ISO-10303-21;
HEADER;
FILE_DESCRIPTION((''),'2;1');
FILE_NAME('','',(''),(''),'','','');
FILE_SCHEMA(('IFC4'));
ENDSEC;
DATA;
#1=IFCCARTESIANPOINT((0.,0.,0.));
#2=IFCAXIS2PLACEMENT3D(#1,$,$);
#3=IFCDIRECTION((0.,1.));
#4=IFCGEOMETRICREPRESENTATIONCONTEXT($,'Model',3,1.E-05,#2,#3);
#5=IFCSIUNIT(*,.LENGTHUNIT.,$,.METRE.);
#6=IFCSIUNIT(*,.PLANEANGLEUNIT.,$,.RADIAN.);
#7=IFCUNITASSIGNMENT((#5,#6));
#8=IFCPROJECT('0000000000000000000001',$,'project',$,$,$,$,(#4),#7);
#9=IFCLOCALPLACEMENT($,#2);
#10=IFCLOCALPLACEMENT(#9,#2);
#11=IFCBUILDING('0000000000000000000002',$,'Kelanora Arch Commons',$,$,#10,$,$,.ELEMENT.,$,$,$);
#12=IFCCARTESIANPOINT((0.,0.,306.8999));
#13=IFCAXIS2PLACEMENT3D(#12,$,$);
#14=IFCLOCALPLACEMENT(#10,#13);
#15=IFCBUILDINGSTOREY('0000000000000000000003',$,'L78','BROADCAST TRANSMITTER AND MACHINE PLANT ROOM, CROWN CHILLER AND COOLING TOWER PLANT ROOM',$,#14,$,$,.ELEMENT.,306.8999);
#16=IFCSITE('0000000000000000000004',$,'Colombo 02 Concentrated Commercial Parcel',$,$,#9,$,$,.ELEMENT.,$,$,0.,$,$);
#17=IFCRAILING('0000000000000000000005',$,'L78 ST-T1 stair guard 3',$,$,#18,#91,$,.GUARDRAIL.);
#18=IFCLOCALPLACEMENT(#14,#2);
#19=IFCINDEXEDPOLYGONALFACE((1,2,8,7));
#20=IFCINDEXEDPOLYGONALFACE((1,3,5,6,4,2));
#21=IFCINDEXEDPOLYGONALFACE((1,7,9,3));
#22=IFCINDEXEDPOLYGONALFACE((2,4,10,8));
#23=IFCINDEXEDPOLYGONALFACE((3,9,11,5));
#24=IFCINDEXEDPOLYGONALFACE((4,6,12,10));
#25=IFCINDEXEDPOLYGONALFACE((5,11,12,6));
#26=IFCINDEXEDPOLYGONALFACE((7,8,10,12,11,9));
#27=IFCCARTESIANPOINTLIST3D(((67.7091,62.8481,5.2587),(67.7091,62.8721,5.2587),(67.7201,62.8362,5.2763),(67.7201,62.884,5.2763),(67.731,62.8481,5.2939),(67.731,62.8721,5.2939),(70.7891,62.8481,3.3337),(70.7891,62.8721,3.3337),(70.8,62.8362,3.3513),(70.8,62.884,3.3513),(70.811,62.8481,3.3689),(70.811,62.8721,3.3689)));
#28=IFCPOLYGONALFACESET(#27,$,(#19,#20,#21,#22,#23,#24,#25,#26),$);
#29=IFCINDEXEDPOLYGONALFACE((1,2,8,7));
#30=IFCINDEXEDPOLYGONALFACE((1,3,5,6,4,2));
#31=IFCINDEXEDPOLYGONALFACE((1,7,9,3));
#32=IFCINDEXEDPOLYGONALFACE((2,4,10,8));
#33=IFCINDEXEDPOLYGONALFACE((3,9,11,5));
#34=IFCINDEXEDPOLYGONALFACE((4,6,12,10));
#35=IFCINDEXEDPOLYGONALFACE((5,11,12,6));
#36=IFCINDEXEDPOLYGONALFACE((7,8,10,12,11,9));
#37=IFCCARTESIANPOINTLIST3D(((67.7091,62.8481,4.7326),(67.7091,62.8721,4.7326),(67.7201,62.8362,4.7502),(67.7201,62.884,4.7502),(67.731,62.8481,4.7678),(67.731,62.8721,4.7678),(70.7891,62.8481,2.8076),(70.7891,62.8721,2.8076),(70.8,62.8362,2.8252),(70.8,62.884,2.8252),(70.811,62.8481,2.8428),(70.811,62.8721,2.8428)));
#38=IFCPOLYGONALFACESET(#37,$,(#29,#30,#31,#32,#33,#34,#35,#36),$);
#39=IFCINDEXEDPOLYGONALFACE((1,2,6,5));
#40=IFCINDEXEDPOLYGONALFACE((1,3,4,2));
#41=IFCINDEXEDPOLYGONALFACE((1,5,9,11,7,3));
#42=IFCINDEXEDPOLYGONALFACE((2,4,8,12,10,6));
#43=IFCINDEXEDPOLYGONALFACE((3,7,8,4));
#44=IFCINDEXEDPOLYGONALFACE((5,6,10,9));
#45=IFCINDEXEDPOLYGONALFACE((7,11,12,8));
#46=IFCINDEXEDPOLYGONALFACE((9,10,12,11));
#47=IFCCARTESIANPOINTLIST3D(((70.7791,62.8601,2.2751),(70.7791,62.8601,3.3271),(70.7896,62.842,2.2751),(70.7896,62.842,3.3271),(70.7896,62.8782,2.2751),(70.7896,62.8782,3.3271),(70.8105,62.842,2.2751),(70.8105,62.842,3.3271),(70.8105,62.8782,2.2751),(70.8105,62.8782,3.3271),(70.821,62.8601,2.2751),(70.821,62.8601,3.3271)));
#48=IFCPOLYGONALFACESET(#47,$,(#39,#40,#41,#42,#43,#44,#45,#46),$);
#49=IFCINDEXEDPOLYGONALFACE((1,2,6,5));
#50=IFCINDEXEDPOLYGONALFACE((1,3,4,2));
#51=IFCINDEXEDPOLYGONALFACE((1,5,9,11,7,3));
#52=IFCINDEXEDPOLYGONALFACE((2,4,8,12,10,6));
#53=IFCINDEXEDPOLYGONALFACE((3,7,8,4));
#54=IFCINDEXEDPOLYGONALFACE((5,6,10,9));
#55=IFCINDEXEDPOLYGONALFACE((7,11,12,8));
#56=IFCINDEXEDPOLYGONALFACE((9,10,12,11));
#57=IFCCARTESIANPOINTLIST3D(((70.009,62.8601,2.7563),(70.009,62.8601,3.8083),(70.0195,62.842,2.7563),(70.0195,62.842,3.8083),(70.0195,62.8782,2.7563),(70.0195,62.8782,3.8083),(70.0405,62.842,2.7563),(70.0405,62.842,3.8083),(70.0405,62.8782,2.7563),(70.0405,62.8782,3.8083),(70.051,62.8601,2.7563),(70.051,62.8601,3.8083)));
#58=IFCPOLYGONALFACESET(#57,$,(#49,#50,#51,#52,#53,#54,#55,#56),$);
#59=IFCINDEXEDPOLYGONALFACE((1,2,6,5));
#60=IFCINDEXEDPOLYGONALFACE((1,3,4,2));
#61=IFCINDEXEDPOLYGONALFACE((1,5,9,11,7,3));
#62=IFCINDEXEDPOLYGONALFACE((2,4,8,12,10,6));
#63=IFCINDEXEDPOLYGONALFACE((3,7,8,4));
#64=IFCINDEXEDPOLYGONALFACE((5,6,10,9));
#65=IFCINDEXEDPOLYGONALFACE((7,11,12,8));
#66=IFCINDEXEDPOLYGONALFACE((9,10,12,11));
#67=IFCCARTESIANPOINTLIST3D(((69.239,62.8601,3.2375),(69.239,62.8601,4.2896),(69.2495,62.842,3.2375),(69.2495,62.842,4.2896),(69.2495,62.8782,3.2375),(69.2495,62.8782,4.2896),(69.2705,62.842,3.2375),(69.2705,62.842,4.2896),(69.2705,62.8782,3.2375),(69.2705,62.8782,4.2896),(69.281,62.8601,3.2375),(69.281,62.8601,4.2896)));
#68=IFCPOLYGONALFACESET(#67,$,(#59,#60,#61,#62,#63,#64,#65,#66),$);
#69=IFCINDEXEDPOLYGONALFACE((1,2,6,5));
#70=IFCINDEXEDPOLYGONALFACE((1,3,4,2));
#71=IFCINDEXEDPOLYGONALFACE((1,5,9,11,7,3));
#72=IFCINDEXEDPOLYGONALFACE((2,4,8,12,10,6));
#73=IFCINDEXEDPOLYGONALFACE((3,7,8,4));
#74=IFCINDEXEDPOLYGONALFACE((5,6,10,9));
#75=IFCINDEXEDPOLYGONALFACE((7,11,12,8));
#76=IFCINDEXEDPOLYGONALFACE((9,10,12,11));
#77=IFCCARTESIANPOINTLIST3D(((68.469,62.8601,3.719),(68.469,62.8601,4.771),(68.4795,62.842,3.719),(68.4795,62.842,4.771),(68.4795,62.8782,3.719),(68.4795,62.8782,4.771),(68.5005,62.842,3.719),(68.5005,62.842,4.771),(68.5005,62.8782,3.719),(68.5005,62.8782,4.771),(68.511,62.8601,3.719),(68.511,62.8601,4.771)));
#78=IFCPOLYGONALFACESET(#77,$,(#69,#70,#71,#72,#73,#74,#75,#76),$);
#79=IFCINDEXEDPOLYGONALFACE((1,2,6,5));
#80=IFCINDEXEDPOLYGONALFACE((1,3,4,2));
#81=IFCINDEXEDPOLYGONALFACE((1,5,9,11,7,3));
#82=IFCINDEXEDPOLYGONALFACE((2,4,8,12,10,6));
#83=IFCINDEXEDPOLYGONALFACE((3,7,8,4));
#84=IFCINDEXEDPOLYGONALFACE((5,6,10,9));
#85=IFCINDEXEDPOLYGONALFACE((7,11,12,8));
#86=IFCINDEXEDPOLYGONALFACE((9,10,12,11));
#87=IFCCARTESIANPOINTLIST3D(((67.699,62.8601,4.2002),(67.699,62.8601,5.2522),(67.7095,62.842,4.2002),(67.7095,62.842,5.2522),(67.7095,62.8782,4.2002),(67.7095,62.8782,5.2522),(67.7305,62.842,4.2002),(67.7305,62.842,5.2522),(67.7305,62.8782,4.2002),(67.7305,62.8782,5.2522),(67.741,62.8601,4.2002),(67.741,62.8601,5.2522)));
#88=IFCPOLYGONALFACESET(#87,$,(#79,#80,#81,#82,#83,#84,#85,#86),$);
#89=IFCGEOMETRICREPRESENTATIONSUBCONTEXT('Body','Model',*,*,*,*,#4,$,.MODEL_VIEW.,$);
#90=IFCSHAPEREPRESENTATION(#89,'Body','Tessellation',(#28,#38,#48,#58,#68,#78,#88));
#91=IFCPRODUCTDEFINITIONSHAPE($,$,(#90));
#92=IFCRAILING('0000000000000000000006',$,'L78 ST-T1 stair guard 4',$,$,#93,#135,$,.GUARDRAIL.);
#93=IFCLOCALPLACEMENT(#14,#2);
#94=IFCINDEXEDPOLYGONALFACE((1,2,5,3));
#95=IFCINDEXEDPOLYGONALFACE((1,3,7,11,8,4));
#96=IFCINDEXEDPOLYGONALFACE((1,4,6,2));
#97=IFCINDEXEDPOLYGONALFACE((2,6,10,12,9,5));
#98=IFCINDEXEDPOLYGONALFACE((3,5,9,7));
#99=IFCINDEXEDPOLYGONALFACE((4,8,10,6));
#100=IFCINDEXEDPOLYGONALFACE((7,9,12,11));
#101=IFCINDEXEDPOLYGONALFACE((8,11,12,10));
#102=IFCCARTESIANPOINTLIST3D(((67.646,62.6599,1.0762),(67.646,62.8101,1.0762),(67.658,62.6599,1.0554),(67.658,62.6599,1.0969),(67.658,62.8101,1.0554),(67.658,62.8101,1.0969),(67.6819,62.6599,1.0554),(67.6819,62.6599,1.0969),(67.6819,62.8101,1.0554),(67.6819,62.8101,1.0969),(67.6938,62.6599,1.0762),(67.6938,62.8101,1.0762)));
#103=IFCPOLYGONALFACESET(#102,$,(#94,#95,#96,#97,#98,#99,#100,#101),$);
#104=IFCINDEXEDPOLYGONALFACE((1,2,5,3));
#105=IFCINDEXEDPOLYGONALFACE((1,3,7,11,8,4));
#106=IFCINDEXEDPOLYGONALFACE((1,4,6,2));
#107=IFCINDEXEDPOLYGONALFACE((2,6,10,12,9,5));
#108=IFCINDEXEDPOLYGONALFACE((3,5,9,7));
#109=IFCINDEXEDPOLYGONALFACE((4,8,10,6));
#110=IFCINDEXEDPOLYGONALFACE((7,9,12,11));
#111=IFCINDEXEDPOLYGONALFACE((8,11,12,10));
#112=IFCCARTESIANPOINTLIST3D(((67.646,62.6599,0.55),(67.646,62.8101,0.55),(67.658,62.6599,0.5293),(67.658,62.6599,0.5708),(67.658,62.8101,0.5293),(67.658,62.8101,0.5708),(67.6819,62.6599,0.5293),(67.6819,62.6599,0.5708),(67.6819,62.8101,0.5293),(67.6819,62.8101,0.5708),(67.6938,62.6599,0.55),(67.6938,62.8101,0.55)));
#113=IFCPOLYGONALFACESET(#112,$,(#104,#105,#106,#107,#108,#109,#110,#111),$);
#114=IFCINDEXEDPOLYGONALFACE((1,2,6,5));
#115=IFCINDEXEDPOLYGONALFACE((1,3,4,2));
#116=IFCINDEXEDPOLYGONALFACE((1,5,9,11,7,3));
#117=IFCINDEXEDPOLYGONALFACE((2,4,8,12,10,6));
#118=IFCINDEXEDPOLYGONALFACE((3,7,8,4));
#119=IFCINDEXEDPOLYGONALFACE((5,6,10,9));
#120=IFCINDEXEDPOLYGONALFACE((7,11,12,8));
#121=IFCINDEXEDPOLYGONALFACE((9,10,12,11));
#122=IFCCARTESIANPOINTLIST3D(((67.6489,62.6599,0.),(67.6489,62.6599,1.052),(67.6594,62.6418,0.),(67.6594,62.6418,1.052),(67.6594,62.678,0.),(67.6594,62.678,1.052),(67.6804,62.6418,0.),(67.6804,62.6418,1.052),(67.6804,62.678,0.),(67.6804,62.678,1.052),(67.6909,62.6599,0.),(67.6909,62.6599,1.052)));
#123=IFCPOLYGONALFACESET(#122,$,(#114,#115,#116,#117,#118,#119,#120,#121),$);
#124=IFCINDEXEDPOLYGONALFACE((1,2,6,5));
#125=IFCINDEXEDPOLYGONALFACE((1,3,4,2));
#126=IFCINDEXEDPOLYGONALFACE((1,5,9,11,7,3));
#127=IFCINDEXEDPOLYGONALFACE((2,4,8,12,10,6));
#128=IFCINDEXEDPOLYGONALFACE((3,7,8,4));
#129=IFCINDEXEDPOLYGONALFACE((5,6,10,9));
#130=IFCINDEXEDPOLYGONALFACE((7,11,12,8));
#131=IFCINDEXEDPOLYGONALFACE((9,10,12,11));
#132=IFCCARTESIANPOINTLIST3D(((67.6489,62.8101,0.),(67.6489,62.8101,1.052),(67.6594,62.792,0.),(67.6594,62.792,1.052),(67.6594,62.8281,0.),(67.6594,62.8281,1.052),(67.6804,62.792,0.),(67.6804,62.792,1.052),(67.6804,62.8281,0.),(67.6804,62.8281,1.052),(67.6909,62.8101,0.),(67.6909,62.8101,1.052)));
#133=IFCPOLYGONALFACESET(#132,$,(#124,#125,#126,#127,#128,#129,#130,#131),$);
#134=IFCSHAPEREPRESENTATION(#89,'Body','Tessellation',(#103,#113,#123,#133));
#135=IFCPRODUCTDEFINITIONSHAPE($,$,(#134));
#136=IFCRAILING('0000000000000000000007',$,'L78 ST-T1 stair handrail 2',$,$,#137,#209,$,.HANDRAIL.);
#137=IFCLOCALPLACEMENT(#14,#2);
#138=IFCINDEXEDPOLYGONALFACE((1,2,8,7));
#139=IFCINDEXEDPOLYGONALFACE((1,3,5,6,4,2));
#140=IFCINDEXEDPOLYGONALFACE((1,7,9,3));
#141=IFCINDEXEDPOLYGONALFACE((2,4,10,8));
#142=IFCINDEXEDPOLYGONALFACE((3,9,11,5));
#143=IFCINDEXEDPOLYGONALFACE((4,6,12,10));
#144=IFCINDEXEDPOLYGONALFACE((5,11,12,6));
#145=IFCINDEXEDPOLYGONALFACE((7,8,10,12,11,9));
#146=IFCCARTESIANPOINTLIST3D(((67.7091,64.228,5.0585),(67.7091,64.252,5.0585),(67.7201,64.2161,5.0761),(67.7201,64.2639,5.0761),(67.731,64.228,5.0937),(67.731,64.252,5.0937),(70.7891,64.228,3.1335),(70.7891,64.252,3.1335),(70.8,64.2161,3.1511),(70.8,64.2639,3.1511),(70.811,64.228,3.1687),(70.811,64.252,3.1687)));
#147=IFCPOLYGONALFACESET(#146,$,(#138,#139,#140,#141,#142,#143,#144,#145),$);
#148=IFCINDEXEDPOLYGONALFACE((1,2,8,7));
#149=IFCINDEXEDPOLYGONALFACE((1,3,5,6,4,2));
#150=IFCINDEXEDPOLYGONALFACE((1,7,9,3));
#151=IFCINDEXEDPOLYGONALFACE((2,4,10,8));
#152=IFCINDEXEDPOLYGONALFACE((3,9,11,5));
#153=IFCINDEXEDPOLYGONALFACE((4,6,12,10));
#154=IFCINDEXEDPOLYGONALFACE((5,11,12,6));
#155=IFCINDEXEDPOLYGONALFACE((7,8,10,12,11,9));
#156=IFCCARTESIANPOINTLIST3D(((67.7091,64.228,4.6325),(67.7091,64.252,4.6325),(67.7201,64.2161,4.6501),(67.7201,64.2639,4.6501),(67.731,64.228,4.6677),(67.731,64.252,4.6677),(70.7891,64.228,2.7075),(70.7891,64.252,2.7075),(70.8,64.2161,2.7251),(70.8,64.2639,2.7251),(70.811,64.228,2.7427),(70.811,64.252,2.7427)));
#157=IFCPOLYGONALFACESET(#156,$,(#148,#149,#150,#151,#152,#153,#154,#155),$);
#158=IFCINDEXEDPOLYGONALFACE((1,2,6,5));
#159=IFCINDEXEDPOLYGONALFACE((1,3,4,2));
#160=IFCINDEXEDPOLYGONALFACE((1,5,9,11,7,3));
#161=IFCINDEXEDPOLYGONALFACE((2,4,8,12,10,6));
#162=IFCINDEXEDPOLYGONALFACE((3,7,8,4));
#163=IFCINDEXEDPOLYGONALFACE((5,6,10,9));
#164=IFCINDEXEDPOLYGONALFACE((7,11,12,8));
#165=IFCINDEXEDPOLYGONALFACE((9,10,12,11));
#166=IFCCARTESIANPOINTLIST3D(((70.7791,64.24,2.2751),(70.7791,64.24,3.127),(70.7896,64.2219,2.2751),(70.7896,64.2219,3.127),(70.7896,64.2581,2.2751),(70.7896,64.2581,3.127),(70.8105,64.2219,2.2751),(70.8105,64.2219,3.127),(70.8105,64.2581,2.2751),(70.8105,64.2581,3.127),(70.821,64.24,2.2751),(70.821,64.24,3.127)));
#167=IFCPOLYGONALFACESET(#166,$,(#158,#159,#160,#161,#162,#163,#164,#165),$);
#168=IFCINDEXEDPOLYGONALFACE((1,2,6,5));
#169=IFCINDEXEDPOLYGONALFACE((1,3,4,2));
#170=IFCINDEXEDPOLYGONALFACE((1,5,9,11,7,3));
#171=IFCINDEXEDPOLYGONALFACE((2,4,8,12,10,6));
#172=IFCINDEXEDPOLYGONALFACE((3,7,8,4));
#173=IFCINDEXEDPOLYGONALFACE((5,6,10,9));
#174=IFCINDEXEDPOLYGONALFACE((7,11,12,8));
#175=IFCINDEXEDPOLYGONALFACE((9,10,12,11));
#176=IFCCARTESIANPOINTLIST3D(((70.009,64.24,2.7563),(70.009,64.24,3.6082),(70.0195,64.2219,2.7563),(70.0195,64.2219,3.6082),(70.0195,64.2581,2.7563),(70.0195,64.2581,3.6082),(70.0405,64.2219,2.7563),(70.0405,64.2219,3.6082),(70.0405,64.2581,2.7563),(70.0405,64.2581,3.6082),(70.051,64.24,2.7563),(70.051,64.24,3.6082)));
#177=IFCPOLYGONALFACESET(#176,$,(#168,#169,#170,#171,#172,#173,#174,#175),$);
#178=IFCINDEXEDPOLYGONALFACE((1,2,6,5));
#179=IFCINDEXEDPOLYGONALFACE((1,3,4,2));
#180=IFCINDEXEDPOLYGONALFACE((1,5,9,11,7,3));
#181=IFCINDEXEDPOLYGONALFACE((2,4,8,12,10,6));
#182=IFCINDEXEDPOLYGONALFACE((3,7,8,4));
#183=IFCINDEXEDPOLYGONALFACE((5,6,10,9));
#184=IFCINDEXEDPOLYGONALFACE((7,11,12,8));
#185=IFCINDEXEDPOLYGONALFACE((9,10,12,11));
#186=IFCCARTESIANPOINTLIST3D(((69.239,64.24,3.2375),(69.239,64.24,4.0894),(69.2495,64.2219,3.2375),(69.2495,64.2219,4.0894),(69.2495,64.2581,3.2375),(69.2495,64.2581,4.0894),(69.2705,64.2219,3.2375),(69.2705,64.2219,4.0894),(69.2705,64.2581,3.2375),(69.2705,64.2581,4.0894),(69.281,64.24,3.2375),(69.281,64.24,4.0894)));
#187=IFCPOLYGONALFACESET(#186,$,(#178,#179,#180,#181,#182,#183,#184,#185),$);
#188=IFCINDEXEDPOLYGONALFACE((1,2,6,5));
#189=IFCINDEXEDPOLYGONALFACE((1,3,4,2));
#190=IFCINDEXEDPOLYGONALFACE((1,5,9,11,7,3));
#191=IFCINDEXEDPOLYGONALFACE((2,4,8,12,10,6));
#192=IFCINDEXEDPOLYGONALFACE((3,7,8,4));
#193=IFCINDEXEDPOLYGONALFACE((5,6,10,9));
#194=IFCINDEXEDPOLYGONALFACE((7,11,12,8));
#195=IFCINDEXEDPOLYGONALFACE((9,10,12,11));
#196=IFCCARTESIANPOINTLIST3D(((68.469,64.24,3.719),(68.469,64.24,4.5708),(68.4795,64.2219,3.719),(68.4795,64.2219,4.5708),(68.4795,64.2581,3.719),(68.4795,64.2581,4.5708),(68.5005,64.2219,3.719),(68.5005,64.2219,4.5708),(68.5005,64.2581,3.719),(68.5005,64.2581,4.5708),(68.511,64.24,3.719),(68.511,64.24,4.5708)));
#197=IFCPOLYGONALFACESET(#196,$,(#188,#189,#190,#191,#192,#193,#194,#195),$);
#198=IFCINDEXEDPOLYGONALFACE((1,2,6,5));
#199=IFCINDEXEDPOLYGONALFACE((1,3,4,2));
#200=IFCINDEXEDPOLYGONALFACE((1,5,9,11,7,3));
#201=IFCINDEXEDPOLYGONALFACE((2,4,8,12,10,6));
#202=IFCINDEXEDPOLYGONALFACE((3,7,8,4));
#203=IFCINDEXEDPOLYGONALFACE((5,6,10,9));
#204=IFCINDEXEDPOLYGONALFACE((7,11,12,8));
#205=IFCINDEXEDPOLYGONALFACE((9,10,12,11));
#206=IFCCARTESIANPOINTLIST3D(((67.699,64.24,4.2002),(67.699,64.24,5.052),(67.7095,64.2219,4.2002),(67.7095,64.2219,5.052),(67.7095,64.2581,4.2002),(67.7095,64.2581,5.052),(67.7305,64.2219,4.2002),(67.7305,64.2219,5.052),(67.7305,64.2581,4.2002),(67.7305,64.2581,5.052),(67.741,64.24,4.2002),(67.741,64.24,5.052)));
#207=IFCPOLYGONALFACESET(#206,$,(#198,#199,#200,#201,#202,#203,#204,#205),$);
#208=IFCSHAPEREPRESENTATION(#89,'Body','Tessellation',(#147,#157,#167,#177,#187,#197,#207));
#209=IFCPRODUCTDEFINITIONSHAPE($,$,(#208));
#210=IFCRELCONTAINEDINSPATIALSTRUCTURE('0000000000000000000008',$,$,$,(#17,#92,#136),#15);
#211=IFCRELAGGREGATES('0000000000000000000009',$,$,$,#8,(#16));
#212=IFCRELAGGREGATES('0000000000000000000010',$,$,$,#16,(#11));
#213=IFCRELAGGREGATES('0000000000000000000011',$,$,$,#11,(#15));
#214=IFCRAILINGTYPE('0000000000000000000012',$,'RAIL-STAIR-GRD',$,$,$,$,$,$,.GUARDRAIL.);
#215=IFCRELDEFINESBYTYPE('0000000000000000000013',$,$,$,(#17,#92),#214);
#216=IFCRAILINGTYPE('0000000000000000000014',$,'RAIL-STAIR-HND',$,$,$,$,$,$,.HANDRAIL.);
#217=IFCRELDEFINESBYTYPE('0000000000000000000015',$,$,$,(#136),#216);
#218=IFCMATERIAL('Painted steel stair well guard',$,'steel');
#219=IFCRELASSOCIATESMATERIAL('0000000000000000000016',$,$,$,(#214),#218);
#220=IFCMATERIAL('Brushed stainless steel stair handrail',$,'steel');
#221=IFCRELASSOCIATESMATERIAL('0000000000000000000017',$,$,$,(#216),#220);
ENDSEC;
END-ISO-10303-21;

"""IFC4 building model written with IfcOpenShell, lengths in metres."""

from ifc_helpers import new_model, si_unit, direction, frame, origin, place, context, subcontext, project, spatial, polyline, outline, extrude, material, type_object, element, save


model = new_model("IFC4")

# Units and contexts
model_context = context("Model", 3, precision=1e-05, world=origin(), true_north=direction((0.0, 1.0)))
body_context = subcontext(model_context, "Body", "Model", "MODEL_VIEW")
ifc_project = project(units=[si_unit("LENGTHUNIT", "METRE"), si_unit("PLANEANGLEUNIT", "RADIAN")], contexts=[model_context])

# Site, building, storey
site_placement = place(None, origin())
site = spatial("IfcSite", under=ifc_project, at=site_placement, Name="Colombo 02 Concentrated Commercial Parcel", CompositionType="ELEMENT", RefElevation=0.0)
building_placement = place(site_placement, origin())
building = spatial("IfcBuilding", under=site, at=building_placement, Name="Kelanora Arch Commons", CompositionType="ELEMENT")
storey_placement = place(building_placement, frame((0.0, 0.0, 306.8999)))
storey = spatial("IfcBuildingStorey", under=building, at=storey_placement, Name="L78", Description="BROADCAST TRANSMITTER AND MACHINE PLANT ROOM, CROWN CHILLER AND COOLING TOWER PLANT ROOM", CompositionType="ELEMENT", Elevation=306.8999)

# Railings
ifc_material_1 = material(Name="Painted steel stair well guard", Category="steel")
railing_type_1 = type_object("IfcRailingType", Name="RAIL-STAIR-GRD", PredefinedType="GUARDRAIL", material=ifc_material_1)
railing_1_placement = place(storey_placement, frame((70.8, 62.8601, 2.2751)))
element("IfcRailing", 1, at=railing_1_placement, inside=storey, type_object=railing_type_1, Name="L78 ST-T1 stair guard 3", PredefinedType="GUARDRAIL", context=body_context, shape_type="SweptSolid", body=[
    extrude(outline(polyline([(0.0239, 0.0), (0.012, 0.0208), (-0.012, 0.0208), (-0.0239, 0.0), (-0.012, -0.0208), (0.012, -0.0208), (0.0239, 0.0)])), frame((0.0, 0.0, 1.0762), z_axis=(-0.847998, 0.0, 0.529999), x_axis=(0.0, -1.0, 0.0)), (0.0, 0.0, 1.0), 3.6321),
    extrude(outline(polyline([(0.0239, 0.0), (0.012, 0.0208), (-0.012, 0.0208), (-0.0239, 0.0), (-0.012, -0.0208), (0.012, -0.0208), (0.0239, 0.0)])), frame((0.0, 0.0, 0.55), z_axis=(-0.847998, 0.0, 0.529999), x_axis=(0.0, -1.0, 0.0)), (0.0, 0.0, 1.0), 3.6321),
    extrude(outline(polyline([(0.021, 0.0), (0.0105, 0.0181), (-0.0105, 0.0181), (-0.021, 0.0), (-0.0105, -0.0181), (0.0105, -0.0181), (0.021, 0.0)])), origin(), (0.0, 0.0, 1.0), 1.052),
    extrude(outline(polyline([(0.021, 0.0), (0.0105, 0.0181), (-0.0105, 0.0181), (-0.021, 0.0), (-0.0105, -0.0181), (0.0105, -0.0181), (0.021, 0.0)])), frame((-0.77, 0.0, 0.4812)), (0.0, 0.0, 1.0), 1.052),
    extrude(outline(polyline([(0.021, 0.0), (0.0105, 0.0181), (-0.0105, 0.0181), (-0.021, 0.0), (-0.0105, -0.0181), (0.0105, -0.0181), (0.021, 0.0)])), frame((-1.54, 0.0, 0.9624)), (0.0, 0.0, 1.0), 1.052),
    extrude(outline(polyline([(0.021, 0.0), (0.0105, 0.0181), (-0.0105, 0.0181), (-0.021, 0.0), (-0.0105, -0.0181), (0.0105, -0.0181), (0.021, 0.0)])), frame((-2.3101, 0.0, 1.4438)), (0.0, 0.0, 1.0), 1.052),
    extrude(outline(polyline([(0.021, 0.0), (0.0105, 0.0181), (-0.0105, 0.0181), (-0.021, 0.0), (-0.0105, -0.0181), (0.0105, -0.0181), (0.021, 0.0)])), frame((-3.0801, 0.0, 1.925)), (0.0, 0.0, 1.0), 1.052),
])
railing_2_placement = place(storey_placement, frame((67.6699, 62.6599, 0.0)))
element("IfcRailing", 2, at=railing_2_placement, inside=storey, type_object=railing_type_1, Name="L78 ST-T1 stair guard 4", PredefinedType="GUARDRAIL", context=body_context, shape_type="SweptSolid", body=[
    extrude(outline(polyline([(0.0239, 0.0), (0.012, 0.0208), (-0.012, 0.0208), (-0.0239, 0.0), (-0.012, -0.0208), (0.012, -0.0208), (0.0239, 0.0)])), frame((0.0, 0.0, 1.0762), z_axis=(0.0, 1.0, 0.0), x_axis=(-1.0, 0.0, 0.0)), (0.0, 0.0, 1.0), 0.1501),
    extrude(outline(polyline([(0.0239, 0.0), (0.012, 0.0208), (-0.012, 0.0208), (-0.0239, 0.0), (-0.012, -0.0208), (0.012, -0.0208), (0.0239, 0.0)])), frame((0.0, 0.0, 0.55), z_axis=(0.0, 1.0, 0.0), x_axis=(-1.0, 0.0, 0.0)), (0.0, 0.0, 1.0), 0.1501),
    extrude(outline(polyline([(0.021, 0.0), (0.0105, 0.0181), (-0.0105, 0.0181), (-0.021, 0.0), (-0.0105, -0.0181), (0.0105, -0.0181), (0.021, 0.0)])), origin(), (0.0, 0.0, 1.0), 1.052),
    extrude(outline(polyline([(0.021, 0.0), (0.0105, 0.0181), (-0.0105, 0.0181), (-0.021, 0.0), (-0.0105, -0.0181), (0.0105, -0.0181), (0.021, 0.0)])), frame((0.0, 0.1501, 0.0)), (0.0, 0.0, 1.0), 1.052),
])
ifc_material_2 = material(Name="Brushed stainless steel stair handrail", Category="steel")
railing_type_2 = type_object("IfcRailingType", Name="RAIL-STAIR-HND", PredefinedType="HANDRAIL", material=ifc_material_2)
railing_3_placement = place(storey_placement, frame((70.8, 64.24, 2.2751)))
element("IfcRailing", 3, at=railing_3_placement, inside=storey, type_object=railing_type_2, Name="L78 ST-T1 stair handrail 2", PredefinedType="HANDRAIL", context=body_context, shape_type="SweptSolid", body=[
    extrude(outline(polyline([(0.0239, 0.0), (0.012, 0.0208), (-0.012, 0.0208), (-0.0239, 0.0), (-0.012, -0.0208), (0.012, -0.0208), (0.0239, 0.0)])), frame((0.0, 0.0, 0.876), z_axis=(-0.847998, 0.0, 0.529999), x_axis=(0.0, -1.0, 0.0)), (0.0, 0.0, 1.0), 3.6321),
    extrude(outline(polyline([(0.0239, 0.0), (0.012, 0.0208), (-0.012, 0.0208), (-0.0239, 0.0), (-0.012, -0.0208), (0.012, -0.0208), (0.0239, 0.0)])), frame((0.0, 0.0, 0.45), z_axis=(-0.847998, 0.0, 0.529999), x_axis=(0.0, -1.0, 0.0)), (0.0, 0.0, 1.0), 3.6321),
    extrude(outline(polyline([(0.021, 0.0), (0.0105, 0.0181), (-0.0105, 0.0181), (-0.021, 0.0), (-0.0105, -0.0181), (0.0105, -0.0181), (0.021, 0.0)])), origin(), (0.0, 0.0, 1.0), 0.8518),
    extrude(outline(polyline([(0.021, 0.0), (0.0105, 0.0181), (-0.0105, 0.0181), (-0.021, 0.0), (-0.0105, -0.0181), (0.0105, -0.0181), (0.021, 0.0)])), frame((-0.77, 0.0, 0.4812)), (0.0, 0.0, 1.0), 0.8518),
    extrude(outline(polyline([(0.021, 0.0), (0.0105, 0.0181), (-0.0105, 0.0181), (-0.021, 0.0), (-0.0105, -0.0181), (0.0105, -0.0181), (0.021, 0.0)])), frame((-1.54, 0.0, 0.9624)), (0.0, 0.0, 1.0), 0.8518),
    extrude(outline(polyline([(0.021, 0.0), (0.0105, 0.0181), (-0.0105, 0.0181), (-0.021, 0.0), (-0.0105, -0.0181), (0.0105, -0.0181), (0.021, 0.0)])), frame((-2.3101, 0.0, 1.4438)), (0.0, 0.0, 1.0), 0.8518),
    extrude(outline(polyline([(0.021, 0.0), (0.0105, 0.0181), (-0.0105, 0.0181), (-0.021, 0.0), (-0.0105, -0.0181), (0.0105, -0.0181), (0.021, 0.0)])), frame((-3.0801, 0.0, 1.925)), (0.0, 0.0, 1.0), 0.8518),
])

save(model, "model.ifc")
